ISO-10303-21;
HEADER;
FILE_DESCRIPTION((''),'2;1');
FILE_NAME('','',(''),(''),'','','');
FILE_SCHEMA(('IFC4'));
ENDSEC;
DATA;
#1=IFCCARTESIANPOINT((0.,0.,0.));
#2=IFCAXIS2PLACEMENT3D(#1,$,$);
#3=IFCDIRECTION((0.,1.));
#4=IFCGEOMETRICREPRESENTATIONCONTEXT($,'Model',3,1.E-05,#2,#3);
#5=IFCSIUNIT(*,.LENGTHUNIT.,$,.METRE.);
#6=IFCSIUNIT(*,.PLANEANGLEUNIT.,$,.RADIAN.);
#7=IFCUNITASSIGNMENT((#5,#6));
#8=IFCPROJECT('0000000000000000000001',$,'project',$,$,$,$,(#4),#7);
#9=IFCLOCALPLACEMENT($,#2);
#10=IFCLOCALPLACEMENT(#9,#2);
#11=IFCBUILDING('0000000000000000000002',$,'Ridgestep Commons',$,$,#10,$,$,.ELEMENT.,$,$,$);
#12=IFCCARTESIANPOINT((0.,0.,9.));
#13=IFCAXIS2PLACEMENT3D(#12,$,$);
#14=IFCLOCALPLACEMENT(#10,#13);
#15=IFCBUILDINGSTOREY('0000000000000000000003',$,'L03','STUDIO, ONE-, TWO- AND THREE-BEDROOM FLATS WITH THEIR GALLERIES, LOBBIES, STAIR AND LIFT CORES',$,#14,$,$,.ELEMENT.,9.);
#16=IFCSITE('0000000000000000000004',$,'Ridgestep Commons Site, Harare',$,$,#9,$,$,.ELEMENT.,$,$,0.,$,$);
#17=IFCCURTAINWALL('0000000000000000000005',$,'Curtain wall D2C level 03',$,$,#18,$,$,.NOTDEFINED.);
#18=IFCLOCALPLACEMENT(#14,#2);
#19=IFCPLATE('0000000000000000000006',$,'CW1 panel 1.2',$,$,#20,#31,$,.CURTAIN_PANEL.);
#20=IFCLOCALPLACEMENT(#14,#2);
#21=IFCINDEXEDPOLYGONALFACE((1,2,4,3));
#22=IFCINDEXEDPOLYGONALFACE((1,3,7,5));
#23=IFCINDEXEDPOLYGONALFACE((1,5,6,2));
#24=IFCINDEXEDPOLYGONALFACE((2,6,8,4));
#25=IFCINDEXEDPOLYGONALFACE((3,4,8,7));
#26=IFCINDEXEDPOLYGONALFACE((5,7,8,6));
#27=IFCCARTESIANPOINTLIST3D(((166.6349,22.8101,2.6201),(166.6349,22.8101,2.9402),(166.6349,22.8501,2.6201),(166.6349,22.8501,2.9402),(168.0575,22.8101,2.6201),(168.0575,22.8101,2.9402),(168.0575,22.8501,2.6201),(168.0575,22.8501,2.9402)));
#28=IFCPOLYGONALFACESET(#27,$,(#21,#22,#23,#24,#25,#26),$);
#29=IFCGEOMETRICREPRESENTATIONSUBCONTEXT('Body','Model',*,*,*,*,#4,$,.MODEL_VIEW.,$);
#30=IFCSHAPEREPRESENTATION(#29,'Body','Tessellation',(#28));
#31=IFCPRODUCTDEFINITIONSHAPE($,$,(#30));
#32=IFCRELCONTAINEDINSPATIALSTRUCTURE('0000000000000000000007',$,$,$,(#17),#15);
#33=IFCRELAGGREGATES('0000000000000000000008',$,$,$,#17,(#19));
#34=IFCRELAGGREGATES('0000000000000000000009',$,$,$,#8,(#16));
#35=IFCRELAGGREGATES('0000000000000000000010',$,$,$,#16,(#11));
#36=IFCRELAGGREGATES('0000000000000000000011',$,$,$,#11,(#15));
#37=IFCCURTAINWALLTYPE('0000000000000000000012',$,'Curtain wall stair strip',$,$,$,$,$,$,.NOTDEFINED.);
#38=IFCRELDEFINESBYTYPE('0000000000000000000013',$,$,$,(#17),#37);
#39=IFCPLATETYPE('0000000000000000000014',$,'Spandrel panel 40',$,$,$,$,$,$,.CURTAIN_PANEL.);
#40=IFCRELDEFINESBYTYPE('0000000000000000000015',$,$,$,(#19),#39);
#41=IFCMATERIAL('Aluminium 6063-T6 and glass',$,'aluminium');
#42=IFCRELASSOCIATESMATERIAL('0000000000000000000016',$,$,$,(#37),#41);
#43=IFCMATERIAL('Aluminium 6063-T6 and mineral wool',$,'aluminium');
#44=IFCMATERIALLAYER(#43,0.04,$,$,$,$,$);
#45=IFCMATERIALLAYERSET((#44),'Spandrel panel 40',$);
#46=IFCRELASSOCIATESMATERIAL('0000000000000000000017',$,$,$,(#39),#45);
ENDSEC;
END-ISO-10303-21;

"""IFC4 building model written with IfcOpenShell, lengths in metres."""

from ifc_helpers import new_model, si_unit, direction, frame, origin, origin_2d, place, context, subcontext, project, spatial, rectangle, extrude, material, layer, layer_set, type_object, element, aggregate, save


model = new_model("IFC4")

# Units and contexts
model_context = context("Model", 3, precision=1e-05, world=origin(), true_north=direction((0.0, 1.0)))
body_context = subcontext(model_context, "Body", "Model", "MODEL_VIEW")
ifc_project = project(units=[si_unit("LENGTHUNIT", "METRE"), si_unit("PLANEANGLEUNIT", "RADIAN")], contexts=[model_context])

# Site, building, storey
site_placement = place(None, origin())
site = spatial("IfcSite", under=ifc_project, at=site_placement, Name="Ridgestep Commons Site, Harare", CompositionType="ELEMENT", RefElevation=0.0)
building_placement = place(site_placement, origin())
building = spatial("IfcBuilding", under=site, at=building_placement, Name="Ridgestep Commons", CompositionType="ELEMENT")
storey_placement = place(building_placement, frame((0.0, 0.0, 9.0)))
storey = spatial("IfcBuildingStorey", under=building, at=storey_placement, Name="L03", Description="STUDIO, ONE-, TWO- AND THREE-BEDROOM FLATS WITH THEIR GALLERIES, LOBBIES, STAIR AND LIFT CORES", CompositionType="ELEMENT", Elevation=9.0)

# Curtain wall
ifc_material_1 = material(Name="Aluminium 6063-T6 and glass", Category="aluminium")
curtain_wall_type = type_object("IfcCurtainWallType", Name="Curtain wall stair strip", PredefinedType="NOTDEFINED", material=ifc_material_1)
curtain_wall_1_placement = place(storey_placement, origin())
curtain_wall_1 = element("IfcCurtainWall", 1, at=curtain_wall_1_placement, inside=storey, type_object=curtain_wall_type, Name="Curtain wall D2C level 03", PredefinedType="NOTDEFINED")

# Plate
ifc_material_2 = material(Name="Aluminium 6063-T6 and mineral wool", Category="aluminium")
ifc_layer_1 = layer(ifc_material_2, 0.04)
ifc_layer_set_1 = layer_set([ifc_layer_1], Name="Spandrel panel 40")
plate_type_1 = type_object("IfcPlateType", Name="Spandrel panel 40", PredefinedType="CURTAIN_PANEL", material=ifc_layer_set_1)
plate_1_placement = place(storey_placement, frame((167.3462, 22.8301, 2.6201), z_axis=(0.0, 0.0, 1.0), x_axis=(1.0, 0.0, 0.0)))
plate_1 = element("IfcPlate", 2, at=plate_1_placement, type_object=plate_type_1, Name="CW1 panel 1.2", PredefinedType="CURTAIN_PANEL", context=body_context, shape_type="SweptSolid", body=[
    extrude(rectangle(XDim=1.4226, YDim=0.04, at=origin_2d()), origin(), (0.0, 0.0, 1.0), 0.3201),
])
aggregate(curtain_wall_1, [plate_1])

save(model, "model.ifc")
